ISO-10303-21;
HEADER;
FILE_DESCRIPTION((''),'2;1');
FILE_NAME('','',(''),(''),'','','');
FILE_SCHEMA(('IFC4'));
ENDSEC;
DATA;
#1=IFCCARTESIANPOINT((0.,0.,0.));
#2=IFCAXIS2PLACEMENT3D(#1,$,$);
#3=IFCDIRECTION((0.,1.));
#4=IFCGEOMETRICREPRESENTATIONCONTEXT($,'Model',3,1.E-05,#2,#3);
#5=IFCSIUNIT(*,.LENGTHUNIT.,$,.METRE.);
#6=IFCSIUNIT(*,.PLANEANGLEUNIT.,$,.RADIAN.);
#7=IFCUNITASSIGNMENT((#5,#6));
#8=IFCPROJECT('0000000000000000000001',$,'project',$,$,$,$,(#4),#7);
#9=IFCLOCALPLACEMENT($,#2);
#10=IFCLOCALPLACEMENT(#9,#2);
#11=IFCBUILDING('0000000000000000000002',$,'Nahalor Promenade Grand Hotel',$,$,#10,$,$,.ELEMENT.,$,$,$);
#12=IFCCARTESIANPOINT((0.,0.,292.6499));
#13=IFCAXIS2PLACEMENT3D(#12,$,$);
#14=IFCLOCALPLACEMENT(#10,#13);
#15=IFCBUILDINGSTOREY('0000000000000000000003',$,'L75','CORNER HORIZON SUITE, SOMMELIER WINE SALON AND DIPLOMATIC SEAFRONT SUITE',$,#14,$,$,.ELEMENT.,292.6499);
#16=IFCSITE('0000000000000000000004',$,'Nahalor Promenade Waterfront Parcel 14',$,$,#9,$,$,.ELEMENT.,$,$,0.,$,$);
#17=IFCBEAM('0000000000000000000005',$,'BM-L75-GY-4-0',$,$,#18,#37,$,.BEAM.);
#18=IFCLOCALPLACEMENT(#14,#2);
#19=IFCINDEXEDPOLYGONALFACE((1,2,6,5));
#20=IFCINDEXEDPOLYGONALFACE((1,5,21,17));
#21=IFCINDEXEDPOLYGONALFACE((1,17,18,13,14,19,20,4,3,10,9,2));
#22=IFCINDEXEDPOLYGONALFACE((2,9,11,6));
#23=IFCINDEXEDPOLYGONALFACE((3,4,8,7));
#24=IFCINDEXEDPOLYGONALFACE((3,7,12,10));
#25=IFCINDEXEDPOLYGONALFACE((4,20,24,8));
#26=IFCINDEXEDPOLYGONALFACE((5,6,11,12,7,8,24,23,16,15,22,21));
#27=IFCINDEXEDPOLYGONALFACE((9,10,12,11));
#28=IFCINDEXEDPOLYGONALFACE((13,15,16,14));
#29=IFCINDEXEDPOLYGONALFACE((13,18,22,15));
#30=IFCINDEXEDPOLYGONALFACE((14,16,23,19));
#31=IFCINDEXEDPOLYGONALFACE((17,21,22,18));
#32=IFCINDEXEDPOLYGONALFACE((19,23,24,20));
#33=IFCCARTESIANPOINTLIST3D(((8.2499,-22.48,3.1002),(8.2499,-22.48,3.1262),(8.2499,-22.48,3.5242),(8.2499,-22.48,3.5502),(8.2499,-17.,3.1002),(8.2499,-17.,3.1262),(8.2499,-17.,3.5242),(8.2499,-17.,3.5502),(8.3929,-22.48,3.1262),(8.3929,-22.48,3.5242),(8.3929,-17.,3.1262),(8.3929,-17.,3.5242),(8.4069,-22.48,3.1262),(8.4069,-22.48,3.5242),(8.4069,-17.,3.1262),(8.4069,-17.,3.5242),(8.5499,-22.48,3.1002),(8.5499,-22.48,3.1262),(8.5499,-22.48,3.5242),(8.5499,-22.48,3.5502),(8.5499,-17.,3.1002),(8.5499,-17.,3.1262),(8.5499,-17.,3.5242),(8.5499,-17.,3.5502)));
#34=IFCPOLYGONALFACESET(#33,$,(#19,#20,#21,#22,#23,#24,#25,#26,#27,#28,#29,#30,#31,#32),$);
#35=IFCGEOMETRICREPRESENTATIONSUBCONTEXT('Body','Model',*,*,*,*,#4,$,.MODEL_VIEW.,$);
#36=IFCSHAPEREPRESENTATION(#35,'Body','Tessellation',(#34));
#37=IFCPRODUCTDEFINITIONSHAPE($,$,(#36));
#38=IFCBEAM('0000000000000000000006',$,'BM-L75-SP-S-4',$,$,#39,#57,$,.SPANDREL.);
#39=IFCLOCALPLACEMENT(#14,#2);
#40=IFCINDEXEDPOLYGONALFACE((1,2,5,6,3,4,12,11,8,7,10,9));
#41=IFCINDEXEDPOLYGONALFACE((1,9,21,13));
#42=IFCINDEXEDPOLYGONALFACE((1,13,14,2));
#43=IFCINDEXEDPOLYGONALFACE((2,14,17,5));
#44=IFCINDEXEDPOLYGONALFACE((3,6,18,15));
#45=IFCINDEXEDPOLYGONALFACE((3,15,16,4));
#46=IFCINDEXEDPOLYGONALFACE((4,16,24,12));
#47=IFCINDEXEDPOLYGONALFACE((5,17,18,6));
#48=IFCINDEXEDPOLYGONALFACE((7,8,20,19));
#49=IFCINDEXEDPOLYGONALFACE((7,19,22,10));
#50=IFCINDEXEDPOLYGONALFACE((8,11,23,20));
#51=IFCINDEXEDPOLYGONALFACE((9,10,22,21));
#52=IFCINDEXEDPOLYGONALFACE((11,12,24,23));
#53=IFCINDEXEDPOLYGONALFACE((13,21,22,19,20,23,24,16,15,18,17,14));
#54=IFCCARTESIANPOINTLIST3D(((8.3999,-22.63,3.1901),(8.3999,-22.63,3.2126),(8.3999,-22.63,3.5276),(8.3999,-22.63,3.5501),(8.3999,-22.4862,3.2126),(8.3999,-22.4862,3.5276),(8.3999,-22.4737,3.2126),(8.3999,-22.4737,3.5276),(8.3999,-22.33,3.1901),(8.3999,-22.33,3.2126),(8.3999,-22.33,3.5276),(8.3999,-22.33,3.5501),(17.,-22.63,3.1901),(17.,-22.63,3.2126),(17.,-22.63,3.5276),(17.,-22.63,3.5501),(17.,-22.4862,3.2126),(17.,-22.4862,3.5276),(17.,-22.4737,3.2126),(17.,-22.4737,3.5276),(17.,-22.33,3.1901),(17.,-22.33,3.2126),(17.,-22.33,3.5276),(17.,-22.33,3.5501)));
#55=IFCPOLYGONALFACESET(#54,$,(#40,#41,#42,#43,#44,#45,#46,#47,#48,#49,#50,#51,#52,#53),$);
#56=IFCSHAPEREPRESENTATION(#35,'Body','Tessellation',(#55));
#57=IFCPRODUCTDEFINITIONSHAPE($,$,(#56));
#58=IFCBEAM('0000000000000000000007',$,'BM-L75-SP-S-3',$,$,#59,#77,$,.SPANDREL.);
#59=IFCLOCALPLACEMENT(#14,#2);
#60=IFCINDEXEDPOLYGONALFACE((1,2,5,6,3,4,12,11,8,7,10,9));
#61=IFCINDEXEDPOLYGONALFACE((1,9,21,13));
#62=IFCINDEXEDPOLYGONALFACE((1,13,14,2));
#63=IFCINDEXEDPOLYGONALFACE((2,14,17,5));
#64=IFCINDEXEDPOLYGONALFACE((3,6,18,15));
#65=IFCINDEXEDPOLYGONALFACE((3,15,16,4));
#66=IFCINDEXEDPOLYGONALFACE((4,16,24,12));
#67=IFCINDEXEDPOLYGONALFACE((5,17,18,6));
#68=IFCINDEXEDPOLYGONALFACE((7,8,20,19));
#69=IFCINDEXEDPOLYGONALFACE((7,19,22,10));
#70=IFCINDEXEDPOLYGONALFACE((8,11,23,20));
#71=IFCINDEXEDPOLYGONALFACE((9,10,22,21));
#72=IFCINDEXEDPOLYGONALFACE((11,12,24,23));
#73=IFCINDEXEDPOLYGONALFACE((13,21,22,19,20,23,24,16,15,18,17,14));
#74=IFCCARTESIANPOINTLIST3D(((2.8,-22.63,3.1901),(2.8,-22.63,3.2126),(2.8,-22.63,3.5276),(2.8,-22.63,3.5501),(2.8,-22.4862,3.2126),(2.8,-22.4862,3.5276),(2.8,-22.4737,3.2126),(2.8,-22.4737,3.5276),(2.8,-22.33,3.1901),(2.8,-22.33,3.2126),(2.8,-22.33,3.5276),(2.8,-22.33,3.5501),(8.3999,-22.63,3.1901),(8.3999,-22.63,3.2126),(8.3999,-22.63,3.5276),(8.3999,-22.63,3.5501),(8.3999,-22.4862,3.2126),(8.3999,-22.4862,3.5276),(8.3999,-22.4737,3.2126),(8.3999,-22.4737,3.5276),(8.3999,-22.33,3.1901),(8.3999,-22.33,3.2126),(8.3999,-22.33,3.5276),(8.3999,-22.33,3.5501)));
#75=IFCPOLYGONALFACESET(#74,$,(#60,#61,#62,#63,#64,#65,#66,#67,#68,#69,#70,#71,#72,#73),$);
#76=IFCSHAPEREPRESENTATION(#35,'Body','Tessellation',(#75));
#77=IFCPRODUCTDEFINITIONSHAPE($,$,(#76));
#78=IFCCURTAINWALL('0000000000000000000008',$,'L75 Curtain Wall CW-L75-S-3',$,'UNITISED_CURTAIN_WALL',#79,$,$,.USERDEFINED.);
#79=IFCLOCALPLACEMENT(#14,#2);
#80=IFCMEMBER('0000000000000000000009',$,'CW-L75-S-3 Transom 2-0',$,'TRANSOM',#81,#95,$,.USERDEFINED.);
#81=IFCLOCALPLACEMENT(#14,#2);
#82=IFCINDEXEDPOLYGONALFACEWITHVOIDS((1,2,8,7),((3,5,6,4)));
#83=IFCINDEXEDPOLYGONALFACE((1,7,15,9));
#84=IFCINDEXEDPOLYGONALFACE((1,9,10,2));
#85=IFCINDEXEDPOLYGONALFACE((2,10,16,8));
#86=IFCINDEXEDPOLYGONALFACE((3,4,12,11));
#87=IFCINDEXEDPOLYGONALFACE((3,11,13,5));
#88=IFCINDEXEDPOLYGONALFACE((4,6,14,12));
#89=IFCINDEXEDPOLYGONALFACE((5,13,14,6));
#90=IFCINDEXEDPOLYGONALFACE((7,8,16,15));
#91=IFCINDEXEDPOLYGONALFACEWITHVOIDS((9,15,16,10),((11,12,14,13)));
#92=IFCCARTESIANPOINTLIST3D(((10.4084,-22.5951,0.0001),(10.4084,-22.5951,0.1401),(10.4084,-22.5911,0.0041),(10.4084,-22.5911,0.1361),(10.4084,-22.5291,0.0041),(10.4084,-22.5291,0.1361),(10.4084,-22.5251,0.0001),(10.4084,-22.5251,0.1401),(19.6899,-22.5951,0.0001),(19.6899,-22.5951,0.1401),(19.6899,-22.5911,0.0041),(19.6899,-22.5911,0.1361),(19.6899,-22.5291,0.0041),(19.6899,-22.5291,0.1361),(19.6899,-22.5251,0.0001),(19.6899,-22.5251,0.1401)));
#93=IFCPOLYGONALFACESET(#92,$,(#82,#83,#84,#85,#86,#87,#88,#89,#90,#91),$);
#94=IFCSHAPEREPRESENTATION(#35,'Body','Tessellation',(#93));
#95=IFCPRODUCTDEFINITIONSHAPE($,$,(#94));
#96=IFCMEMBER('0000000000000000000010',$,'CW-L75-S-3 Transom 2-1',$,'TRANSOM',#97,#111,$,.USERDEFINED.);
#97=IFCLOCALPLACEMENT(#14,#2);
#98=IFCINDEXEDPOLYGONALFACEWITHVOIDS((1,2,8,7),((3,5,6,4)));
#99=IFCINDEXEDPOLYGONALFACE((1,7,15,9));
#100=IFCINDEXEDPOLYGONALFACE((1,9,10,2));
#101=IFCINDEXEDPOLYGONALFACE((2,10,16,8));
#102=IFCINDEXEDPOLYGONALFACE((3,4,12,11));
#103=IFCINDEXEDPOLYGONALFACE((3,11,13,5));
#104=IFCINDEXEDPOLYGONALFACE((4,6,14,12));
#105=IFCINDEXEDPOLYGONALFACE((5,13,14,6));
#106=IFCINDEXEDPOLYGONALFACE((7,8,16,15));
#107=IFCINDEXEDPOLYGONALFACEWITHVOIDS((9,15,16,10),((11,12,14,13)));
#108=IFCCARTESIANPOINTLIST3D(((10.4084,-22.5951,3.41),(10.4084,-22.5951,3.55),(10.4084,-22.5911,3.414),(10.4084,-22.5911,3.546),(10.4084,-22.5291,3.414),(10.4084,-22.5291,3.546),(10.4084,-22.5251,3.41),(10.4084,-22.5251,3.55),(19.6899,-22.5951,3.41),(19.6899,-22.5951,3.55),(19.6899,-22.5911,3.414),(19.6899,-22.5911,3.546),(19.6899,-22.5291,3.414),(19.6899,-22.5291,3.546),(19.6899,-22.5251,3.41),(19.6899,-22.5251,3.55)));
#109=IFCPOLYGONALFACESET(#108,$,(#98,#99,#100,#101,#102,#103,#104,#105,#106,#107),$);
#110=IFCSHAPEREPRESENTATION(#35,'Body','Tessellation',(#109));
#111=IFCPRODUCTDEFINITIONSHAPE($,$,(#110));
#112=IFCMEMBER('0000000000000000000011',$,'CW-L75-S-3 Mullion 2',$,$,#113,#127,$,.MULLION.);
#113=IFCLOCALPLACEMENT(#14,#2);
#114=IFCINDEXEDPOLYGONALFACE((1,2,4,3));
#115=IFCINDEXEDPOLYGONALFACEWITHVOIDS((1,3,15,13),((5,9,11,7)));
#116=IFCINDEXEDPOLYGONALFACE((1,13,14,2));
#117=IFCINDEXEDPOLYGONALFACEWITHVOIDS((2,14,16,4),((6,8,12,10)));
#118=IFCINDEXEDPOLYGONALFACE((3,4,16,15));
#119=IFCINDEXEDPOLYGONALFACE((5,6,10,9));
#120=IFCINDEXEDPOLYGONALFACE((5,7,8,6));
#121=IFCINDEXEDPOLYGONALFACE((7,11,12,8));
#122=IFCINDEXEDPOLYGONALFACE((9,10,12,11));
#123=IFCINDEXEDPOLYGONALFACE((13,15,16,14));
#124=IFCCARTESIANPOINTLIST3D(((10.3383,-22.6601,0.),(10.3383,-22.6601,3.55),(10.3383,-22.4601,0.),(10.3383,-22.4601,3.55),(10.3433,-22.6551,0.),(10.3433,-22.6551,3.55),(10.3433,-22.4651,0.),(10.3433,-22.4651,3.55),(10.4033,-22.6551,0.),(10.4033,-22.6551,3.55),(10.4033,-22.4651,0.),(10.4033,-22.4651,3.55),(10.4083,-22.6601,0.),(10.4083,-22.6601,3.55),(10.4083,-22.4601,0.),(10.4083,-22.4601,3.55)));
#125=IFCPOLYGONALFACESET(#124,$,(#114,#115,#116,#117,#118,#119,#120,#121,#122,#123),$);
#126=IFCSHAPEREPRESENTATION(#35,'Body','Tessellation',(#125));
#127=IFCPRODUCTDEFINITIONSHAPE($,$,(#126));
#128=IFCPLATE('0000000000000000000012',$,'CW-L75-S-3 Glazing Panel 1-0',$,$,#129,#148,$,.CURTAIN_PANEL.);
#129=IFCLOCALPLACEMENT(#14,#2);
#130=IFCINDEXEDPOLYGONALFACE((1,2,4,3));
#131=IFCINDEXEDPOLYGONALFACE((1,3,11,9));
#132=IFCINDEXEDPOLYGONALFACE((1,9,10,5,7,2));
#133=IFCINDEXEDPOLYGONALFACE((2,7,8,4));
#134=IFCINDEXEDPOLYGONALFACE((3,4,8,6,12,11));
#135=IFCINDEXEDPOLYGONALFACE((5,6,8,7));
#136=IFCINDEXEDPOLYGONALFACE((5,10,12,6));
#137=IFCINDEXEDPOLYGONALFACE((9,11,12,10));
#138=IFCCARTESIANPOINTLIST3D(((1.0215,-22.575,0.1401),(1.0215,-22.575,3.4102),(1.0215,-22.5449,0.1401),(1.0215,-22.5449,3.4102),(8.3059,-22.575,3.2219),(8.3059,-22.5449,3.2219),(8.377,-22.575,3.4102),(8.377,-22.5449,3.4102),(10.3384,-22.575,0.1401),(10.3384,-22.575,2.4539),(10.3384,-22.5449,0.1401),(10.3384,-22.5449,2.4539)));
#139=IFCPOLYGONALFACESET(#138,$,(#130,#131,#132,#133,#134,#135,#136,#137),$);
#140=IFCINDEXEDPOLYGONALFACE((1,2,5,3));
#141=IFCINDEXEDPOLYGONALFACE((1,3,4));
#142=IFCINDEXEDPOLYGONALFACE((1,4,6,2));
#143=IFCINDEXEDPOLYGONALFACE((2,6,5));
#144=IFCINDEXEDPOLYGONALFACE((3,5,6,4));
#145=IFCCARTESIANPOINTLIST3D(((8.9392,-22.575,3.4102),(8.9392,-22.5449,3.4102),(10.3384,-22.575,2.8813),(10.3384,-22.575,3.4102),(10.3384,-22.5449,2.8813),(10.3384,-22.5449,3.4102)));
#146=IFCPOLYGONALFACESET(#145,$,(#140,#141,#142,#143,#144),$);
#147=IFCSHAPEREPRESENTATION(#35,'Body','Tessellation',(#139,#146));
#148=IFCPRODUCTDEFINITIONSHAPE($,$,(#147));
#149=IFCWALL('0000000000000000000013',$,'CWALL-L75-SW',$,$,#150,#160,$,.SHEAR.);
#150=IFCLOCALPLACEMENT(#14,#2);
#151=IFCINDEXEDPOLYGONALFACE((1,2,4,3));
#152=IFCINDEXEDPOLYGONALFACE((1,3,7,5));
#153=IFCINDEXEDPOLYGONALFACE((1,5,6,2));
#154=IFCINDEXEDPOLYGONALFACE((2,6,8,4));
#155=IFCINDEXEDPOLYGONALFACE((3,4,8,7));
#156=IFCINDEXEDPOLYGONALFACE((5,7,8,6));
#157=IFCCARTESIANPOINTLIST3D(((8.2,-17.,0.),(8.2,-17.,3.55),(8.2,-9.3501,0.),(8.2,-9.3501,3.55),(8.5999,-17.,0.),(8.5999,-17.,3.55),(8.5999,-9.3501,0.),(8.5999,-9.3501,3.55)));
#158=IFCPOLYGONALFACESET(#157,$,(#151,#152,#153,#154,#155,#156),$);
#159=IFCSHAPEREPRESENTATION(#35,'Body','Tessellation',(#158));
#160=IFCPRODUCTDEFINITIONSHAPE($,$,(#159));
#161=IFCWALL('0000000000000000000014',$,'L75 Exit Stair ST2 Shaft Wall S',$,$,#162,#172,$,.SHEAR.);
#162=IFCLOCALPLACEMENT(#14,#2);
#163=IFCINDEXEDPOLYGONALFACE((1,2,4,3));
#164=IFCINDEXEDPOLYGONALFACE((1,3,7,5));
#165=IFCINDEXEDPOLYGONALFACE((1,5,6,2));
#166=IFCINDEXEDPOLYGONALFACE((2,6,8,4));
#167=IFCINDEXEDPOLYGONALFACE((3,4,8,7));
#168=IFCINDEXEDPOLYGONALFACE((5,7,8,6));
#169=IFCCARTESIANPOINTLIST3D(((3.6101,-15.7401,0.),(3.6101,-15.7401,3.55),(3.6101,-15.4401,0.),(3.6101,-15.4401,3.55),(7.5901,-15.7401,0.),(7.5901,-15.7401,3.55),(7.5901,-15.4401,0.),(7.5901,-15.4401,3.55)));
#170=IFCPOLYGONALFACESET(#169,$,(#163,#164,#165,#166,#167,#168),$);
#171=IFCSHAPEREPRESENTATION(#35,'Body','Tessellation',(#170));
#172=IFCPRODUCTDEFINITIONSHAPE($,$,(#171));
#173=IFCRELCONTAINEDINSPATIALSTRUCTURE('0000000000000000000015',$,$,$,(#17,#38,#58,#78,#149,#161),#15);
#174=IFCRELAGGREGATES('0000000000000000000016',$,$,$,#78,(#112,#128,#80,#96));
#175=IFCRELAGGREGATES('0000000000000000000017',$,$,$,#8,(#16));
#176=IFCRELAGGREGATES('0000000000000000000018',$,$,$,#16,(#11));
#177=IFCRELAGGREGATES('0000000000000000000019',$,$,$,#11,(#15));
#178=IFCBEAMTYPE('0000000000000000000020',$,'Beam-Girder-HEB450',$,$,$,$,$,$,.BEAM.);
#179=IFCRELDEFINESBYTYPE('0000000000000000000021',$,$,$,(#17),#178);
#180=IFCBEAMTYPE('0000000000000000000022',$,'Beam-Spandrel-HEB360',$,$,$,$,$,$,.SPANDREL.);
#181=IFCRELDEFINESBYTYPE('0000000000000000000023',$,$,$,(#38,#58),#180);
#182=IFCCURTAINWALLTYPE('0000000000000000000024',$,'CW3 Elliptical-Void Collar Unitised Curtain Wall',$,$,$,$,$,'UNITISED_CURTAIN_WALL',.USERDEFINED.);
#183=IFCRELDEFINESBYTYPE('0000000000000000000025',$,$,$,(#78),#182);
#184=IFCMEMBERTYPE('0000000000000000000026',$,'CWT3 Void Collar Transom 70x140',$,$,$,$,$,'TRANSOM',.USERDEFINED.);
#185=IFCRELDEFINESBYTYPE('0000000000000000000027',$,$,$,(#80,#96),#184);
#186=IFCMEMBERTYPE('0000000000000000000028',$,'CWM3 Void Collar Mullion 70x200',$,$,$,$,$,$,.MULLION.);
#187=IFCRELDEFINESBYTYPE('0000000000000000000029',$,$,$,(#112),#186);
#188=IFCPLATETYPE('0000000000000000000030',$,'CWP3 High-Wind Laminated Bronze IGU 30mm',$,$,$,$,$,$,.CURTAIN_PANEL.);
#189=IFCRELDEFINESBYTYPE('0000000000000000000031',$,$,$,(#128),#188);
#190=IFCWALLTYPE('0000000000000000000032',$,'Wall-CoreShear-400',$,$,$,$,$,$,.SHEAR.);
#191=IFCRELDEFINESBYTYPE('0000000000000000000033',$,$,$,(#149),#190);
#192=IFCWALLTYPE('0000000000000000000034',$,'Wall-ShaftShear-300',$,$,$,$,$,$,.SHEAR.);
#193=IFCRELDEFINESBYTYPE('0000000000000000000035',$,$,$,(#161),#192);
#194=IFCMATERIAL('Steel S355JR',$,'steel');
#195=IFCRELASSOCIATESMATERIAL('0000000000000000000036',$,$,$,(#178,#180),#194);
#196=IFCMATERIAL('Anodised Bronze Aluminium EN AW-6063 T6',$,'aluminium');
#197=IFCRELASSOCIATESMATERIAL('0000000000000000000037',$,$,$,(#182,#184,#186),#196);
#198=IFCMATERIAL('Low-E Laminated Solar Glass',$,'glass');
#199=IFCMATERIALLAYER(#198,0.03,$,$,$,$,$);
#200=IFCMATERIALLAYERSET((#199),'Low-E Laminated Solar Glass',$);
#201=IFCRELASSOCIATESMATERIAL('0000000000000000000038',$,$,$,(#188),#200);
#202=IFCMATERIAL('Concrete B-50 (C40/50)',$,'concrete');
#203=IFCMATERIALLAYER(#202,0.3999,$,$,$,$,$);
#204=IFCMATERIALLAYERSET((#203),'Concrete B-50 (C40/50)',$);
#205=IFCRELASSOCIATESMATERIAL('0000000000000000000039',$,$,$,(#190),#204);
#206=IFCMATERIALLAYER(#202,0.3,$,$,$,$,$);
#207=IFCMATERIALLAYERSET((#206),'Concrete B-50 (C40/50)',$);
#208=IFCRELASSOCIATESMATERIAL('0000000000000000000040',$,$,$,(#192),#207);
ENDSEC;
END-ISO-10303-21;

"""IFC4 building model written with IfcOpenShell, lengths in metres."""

from ifc_helpers import new_model, si_unit, direction, frame, frame_2d, origin, origin_2d, place, context, subcontext, project, spatial, polyline, rectangle, hollow_rectangle, i_section, outline, extrude, source, transform, mapped, material, layer, layer_set, material_profile, profile_set, type_object, element, aggregate, save


model = new_model("IFC4")

# Units and contexts
model_context = context("Model", 3, precision=1e-05, world=origin(), true_north=direction((0.0, 1.0)))
body_context = subcontext(model_context, "Body", "Model", "MODEL_VIEW")
ifc_project = project(units=[si_unit("LENGTHUNIT", "METRE"), si_unit("PLANEANGLEUNIT", "RADIAN")], contexts=[model_context])

# Site, building, storey
site_placement = place(None, origin())
site = spatial("IfcSite", under=ifc_project, at=site_placement, Name="Nahalor Promenade Waterfront Parcel 14", CompositionType="ELEMENT", RefElevation=0.0)
building_placement = place(site_placement, origin())
building = spatial("IfcBuilding", under=site, at=building_placement, Name="Nahalor Promenade Grand Hotel", CompositionType="ELEMENT")
storey_placement = place(building_placement, frame((0.0, 0.0, 292.6499)))
storey = spatial("IfcBuildingStorey", under=building, at=storey_placement, Name="L75", Description="CORNER HORIZON SUITE, SOMMELIER WINE SALON AND DIPLOMATIC SEAFRONT SUITE", CompositionType="ELEMENT", Elevation=292.6499)

# Shared definitions
ifc_material_1 = material(Name="Concrete B-50 (C40/50)", Category="concrete")
ifc_material_2 = material(Name="Steel S355JR", Category="steel")

# Beams
ifc_material_profile_1 = material_profile(ifc_material_2, i_section(OverallWidth=0.3, OverallDepth=0.45, WebThickness=0.014, FlangeThickness=0.026, at=origin_2d()), Name="HEB 450")
ifc_profile_set_1 = profile_set([ifc_material_profile_1], Name="Steel S355JR")
beam_type_1 = type_object("IfcBeamType", Name="Beam-Girder-HEB450", PredefinedType="BEAM", material=ifc_profile_set_1)
shared_shape_1 = source(origin(), body_context, "Body", "SweptSolid", [
    extrude(i_section(OverallWidth=0.3, OverallDepth=0.45, WebThickness=0.014, FlangeThickness=0.026, at=origin_2d()), origin(), (0.0, 0.0, 1.0), 5.48),
])
for number, where, z_axis, x_axis, name in (
    (1, (8.3999, -22.48, 3.3252), (0.0, 1.0, 0.0), (-1.0, 0.0, 0.0), "BM-L75-GY-4-0"),
):
    element("IfcBeam", number, at=place(storey_placement, frame(where, z_axis=z_axis, x_axis=x_axis)), inside=storey, type_object=beam_type_1, Name=name, PredefinedType="BEAM", context=body_context, shape_type="MappedRepresentation", body=[
        mapped(shared_shape_1, transform((0.0, 0.0, 0.0), scale=1.0)),
    ])
ifc_material_profile_2 = material_profile(ifc_material_2, i_section(OverallWidth=0.3, OverallDepth=0.36, WebThickness=0.0125, FlangeThickness=0.0225, at=origin_2d()), Name="HEB 360")
ifc_profile_set_2 = profile_set([ifc_material_profile_2], Name="Steel S355JR")
beam_type_2 = type_object("IfcBeamType", Name="Beam-Spandrel-HEB360", PredefinedType="SPANDREL", material=ifc_profile_set_2)
shared_shape_2 = source(origin(), body_context, "Body", "SweptSolid", [
    extrude(i_section(OverallWidth=0.3, OverallDepth=0.36, WebThickness=0.0125, FlangeThickness=0.0225, at=origin_2d()), origin(), (0.0, 0.0, 1.0), 8.6001),
])
beam_1_placement = place(storey_placement, frame((8.3999, -22.48, 3.3701), z_axis=(1.0, 0.0, 0.0), x_axis=(0.0, 1.0, 0.0)))
element("IfcBeam", 2, at=beam_1_placement, inside=storey, type_object=beam_type_2, Name="BM-L75-SP-S-4", PredefinedType="SPANDREL", context=body_context, shape_type="MappedRepresentation", body=[
    mapped(shared_shape_2, transform((0.0, 0.0, 0.0), scale=1.0)),
])
shared_shape_3 = source(origin(), body_context, "Body", "SweptSolid", [
    extrude(i_section(OverallWidth=0.3, OverallDepth=0.36, WebThickness=0.0125, FlangeThickness=0.0225, at=origin_2d()), origin(), (0.0, 0.0, 1.0), 5.5999),
])
beam_2_placement = place(storey_placement, frame((2.8, -22.48, 3.3701), z_axis=(1.0, 0.0, 0.0), x_axis=(0.0, 1.0, 0.0)))
element("IfcBeam", 3, at=beam_2_placement, inside=storey, type_object=beam_type_2, Name="BM-L75-SP-S-3", PredefinedType="SPANDREL", context=body_context, shape_type="MappedRepresentation", body=[
    mapped(shared_shape_3, transform((0.0, 0.0, 0.0), scale=1.0)),
])

# Curtain wall, members, plate
ifc_material_3 = material(Name="Anodised Bronze Aluminium EN AW-6063 T6", Category="aluminium")
curtain_wall_type = type_object("IfcCurtainWallType", Name="CW3 Elliptical-Void Collar Unitised Curtain Wall", ElementType="UNITISED_CURTAIN_WALL", PredefinedType="USERDEFINED", material=ifc_material_3)
curtain_wall_placement = place(storey_placement, origin())
curtain_wall = element("IfcCurtainWall", 4, at=curtain_wall_placement, inside=storey, type_object=curtain_wall_type, Name="L75 Curtain Wall CW-L75-S-3", ObjectType="UNITISED_CURTAIN_WALL", PredefinedType="USERDEFINED")
ifc_material_profile_3 = material_profile(ifc_material_3, hollow_rectangle(XDim=0.07, YDim=0.14, WallThickness=0.004, at=origin_2d()), Name="CWT 70x140x4")
ifc_profile_set_3 = profile_set([ifc_material_profile_3], Name="Anodised Bronze Aluminium EN AW-6063 T6")
member_type_1 = type_object("IfcMemberType", Name="CWT3 Void Collar Transom 70x140", ElementType="TRANSOM", PredefinedType="USERDEFINED", material=ifc_profile_set_3)
shared_shape_4 = source(origin(), body_context, "Body", "SweptSolid", [
    extrude(hollow_rectangle(XDim=0.07, YDim=0.14, WallThickness=0.004, at=origin_2d()), origin(), (0.0, 0.0, 1.0), 9.2815),
])
member_1_placement = place(storey_placement, frame((10.4084, -22.5601, 0.0701), z_axis=(1.0, 0.0, 0.0), x_axis=(0.0, 1.0, 0.0)))
member_1 = element("IfcMember", 5, at=member_1_placement, type_object=member_type_1, Name="CW-L75-S-3 Transom 2-0", ObjectType="TRANSOM", PredefinedType="USERDEFINED", context=body_context, shape_type="MappedRepresentation", body=[
    mapped(shared_shape_4, transform((0.0, 0.0, 0.0), scale=1.0)),
])
member_2_placement = place(storey_placement, frame((10.4084, -22.5601, 3.48), z_axis=(1.0, 0.0, 0.0), x_axis=(0.0, 1.0, 0.0)))
member_2 = element("IfcMember", 6, at=member_2_placement, type_object=member_type_1, Name="CW-L75-S-3 Transom 2-1", ObjectType="TRANSOM", PredefinedType="USERDEFINED", context=body_context, shape_type="MappedRepresentation", body=[
    mapped(shared_shape_4, transform((0.0, 0.0, 0.0), scale=1.0)),
])
ifc_material_profile_4 = material_profile(ifc_material_3, hollow_rectangle(XDim=0.07, YDim=0.2, WallThickness=0.005, at=origin_2d()), Name="CWM 70x200x5")
ifc_profile_set_4 = profile_set([ifc_material_profile_4], Name="Anodised Bronze Aluminium EN AW-6063 T6")
member_type_2 = type_object("IfcMemberType", Name="CWM3 Void Collar Mullion 70x200", PredefinedType="MULLION", material=ifc_profile_set_4)
shared_shape_5 = source(origin(), body_context, "Body", "SweptSolid", [
    extrude(hollow_rectangle(XDim=0.07, YDim=0.2, WallThickness=0.005, at=origin_2d()), origin(), (0.0, 0.0, 1.0), 3.55),
])
member_3_placement = place(storey_placement, frame((10.3733, -22.5601, 0.0), z_axis=(0.0, 0.0, 1.0), x_axis=(1.0, 0.0, 0.0)))
member_3 = element("IfcMember", 7, at=member_3_placement, type_object=member_type_2, Name="CW-L75-S-3 Mullion 2", PredefinedType="MULLION", context=body_context, shape_type="MappedRepresentation", body=[
    mapped(shared_shape_5, transform((0.0, 0.0, 0.0), scale=1.0)),
])
ifc_material_4 = material(Name="Low-E Laminated Solar Glass", Category="glass")
ifc_layer_1 = layer(ifc_material_4, 0.03)
ifc_layer_set_1 = layer_set([ifc_layer_1], Name="Low-E Laminated Solar Glass")
plate_type = type_object("IfcPlateType", Name="CWP3 High-Wind Laminated Bronze IGU 30mm", PredefinedType="CURTAIN_PANEL", material=ifc_layer_set_1)
plate_placement = place(storey_placement, frame((5.6799, -22.5601, 0.1401), z_axis=(0.0, 0.0, 1.0), x_axis=(1.0, 0.0, 0.0)))
plate = element("IfcPlate", 8, at=plate_placement, type_object=plate_type, Name="CW-L75-S-3 Glazing Panel 1-0", PredefinedType="CURTAIN_PANEL", context=body_context, shape_type="SweptSolid", body=[
    extrude(outline(polyline([(-4.6584, 0.0), (4.6584, 0.0), (4.6584, 2.3137), (2.626, 3.0818), (2.697, 3.27), (-4.6584, 3.27), (-4.6584, 0.0)])), frame((0.0, 0.0151, 0.0), z_axis=(0.0, -1.0, 0.0), x_axis=(1.0, 0.0, 0.0)), (0.0, 0.0, 1.0), 0.03),
    extrude(outline(polyline([(4.6584, 2.7412), (4.6584, 3.27), (3.2593, 3.27), (4.6584, 2.7412)])), frame((0.0, 0.0151, 0.0), z_axis=(0.0, -1.0, 0.0), x_axis=(1.0, 0.0, 0.0)), (0.0, 0.0, 1.0), 0.03),
])
aggregate(curtain_wall, [member_3, plate, member_1, member_2])

# Walls
ifc_layer_2 = layer(ifc_material_1, 0.3999)
ifc_layer_set_2 = layer_set([ifc_layer_2], Name="Concrete B-50 (C40/50)")
wall_type_1 = type_object("IfcWallType", Name="Wall-CoreShear-400", PredefinedType="SHEAR", material=ifc_layer_set_2)
shared_shape_6 = source(origin(), body_context, "Body", "SweptSolid", [
    extrude(rectangle(XDim=7.6499, YDim=0.3999, at=frame_2d((3.825, 0.0))), origin(), (0.0, 0.0, 1.0), 3.55),
])
wall_1_placement = place(storey_placement, frame((8.3999, -17.0, 0.0), z_axis=(0.0, 0.0, 1.0), x_axis=(0.0, 1.0, 0.0)))
element("IfcWall", 9, at=wall_1_placement, inside=storey, type_object=wall_type_1, Name="CWALL-L75-SW", PredefinedType="SHEAR", context=body_context, shape_type="MappedRepresentation", body=[
    mapped(shared_shape_6, transform((0.0, 0.0, 0.0), scale=1.0)),
])
ifc_layer_3 = layer(ifc_material_1, 0.3)
ifc_layer_set_3 = layer_set([ifc_layer_3], Name="Concrete B-50 (C40/50)")
wall_type_2 = type_object("IfcWallType", Name="Wall-ShaftShear-300", PredefinedType="SHEAR", material=ifc_layer_set_3)
shared_shape_7 = source(origin(), body_context, "Body", "SweptSolid", [
    extrude(rectangle(XDim=3.98, YDim=0.3, at=frame_2d((1.99, 0.0))), origin(), (0.0, 0.0, 1.0), 3.55),
])
wall_2_placement = place(storey_placement, frame((3.6101, -15.5901, 0.0), z_axis=(0.0, 0.0, 1.0), x_axis=(1.0, 0.0, 0.0)))
element("IfcWall", 10, at=wall_2_placement, inside=storey, type_object=wall_type_2, Name="L75 Exit Stair ST2 Shaft Wall S", PredefinedType="SHEAR", context=body_context, shape_type="MappedRepresentation", body=[
    mapped(shared_shape_7, transform((0.0, 0.0, 0.0), scale=1.0)),
])

save(model, "model.ifc")
